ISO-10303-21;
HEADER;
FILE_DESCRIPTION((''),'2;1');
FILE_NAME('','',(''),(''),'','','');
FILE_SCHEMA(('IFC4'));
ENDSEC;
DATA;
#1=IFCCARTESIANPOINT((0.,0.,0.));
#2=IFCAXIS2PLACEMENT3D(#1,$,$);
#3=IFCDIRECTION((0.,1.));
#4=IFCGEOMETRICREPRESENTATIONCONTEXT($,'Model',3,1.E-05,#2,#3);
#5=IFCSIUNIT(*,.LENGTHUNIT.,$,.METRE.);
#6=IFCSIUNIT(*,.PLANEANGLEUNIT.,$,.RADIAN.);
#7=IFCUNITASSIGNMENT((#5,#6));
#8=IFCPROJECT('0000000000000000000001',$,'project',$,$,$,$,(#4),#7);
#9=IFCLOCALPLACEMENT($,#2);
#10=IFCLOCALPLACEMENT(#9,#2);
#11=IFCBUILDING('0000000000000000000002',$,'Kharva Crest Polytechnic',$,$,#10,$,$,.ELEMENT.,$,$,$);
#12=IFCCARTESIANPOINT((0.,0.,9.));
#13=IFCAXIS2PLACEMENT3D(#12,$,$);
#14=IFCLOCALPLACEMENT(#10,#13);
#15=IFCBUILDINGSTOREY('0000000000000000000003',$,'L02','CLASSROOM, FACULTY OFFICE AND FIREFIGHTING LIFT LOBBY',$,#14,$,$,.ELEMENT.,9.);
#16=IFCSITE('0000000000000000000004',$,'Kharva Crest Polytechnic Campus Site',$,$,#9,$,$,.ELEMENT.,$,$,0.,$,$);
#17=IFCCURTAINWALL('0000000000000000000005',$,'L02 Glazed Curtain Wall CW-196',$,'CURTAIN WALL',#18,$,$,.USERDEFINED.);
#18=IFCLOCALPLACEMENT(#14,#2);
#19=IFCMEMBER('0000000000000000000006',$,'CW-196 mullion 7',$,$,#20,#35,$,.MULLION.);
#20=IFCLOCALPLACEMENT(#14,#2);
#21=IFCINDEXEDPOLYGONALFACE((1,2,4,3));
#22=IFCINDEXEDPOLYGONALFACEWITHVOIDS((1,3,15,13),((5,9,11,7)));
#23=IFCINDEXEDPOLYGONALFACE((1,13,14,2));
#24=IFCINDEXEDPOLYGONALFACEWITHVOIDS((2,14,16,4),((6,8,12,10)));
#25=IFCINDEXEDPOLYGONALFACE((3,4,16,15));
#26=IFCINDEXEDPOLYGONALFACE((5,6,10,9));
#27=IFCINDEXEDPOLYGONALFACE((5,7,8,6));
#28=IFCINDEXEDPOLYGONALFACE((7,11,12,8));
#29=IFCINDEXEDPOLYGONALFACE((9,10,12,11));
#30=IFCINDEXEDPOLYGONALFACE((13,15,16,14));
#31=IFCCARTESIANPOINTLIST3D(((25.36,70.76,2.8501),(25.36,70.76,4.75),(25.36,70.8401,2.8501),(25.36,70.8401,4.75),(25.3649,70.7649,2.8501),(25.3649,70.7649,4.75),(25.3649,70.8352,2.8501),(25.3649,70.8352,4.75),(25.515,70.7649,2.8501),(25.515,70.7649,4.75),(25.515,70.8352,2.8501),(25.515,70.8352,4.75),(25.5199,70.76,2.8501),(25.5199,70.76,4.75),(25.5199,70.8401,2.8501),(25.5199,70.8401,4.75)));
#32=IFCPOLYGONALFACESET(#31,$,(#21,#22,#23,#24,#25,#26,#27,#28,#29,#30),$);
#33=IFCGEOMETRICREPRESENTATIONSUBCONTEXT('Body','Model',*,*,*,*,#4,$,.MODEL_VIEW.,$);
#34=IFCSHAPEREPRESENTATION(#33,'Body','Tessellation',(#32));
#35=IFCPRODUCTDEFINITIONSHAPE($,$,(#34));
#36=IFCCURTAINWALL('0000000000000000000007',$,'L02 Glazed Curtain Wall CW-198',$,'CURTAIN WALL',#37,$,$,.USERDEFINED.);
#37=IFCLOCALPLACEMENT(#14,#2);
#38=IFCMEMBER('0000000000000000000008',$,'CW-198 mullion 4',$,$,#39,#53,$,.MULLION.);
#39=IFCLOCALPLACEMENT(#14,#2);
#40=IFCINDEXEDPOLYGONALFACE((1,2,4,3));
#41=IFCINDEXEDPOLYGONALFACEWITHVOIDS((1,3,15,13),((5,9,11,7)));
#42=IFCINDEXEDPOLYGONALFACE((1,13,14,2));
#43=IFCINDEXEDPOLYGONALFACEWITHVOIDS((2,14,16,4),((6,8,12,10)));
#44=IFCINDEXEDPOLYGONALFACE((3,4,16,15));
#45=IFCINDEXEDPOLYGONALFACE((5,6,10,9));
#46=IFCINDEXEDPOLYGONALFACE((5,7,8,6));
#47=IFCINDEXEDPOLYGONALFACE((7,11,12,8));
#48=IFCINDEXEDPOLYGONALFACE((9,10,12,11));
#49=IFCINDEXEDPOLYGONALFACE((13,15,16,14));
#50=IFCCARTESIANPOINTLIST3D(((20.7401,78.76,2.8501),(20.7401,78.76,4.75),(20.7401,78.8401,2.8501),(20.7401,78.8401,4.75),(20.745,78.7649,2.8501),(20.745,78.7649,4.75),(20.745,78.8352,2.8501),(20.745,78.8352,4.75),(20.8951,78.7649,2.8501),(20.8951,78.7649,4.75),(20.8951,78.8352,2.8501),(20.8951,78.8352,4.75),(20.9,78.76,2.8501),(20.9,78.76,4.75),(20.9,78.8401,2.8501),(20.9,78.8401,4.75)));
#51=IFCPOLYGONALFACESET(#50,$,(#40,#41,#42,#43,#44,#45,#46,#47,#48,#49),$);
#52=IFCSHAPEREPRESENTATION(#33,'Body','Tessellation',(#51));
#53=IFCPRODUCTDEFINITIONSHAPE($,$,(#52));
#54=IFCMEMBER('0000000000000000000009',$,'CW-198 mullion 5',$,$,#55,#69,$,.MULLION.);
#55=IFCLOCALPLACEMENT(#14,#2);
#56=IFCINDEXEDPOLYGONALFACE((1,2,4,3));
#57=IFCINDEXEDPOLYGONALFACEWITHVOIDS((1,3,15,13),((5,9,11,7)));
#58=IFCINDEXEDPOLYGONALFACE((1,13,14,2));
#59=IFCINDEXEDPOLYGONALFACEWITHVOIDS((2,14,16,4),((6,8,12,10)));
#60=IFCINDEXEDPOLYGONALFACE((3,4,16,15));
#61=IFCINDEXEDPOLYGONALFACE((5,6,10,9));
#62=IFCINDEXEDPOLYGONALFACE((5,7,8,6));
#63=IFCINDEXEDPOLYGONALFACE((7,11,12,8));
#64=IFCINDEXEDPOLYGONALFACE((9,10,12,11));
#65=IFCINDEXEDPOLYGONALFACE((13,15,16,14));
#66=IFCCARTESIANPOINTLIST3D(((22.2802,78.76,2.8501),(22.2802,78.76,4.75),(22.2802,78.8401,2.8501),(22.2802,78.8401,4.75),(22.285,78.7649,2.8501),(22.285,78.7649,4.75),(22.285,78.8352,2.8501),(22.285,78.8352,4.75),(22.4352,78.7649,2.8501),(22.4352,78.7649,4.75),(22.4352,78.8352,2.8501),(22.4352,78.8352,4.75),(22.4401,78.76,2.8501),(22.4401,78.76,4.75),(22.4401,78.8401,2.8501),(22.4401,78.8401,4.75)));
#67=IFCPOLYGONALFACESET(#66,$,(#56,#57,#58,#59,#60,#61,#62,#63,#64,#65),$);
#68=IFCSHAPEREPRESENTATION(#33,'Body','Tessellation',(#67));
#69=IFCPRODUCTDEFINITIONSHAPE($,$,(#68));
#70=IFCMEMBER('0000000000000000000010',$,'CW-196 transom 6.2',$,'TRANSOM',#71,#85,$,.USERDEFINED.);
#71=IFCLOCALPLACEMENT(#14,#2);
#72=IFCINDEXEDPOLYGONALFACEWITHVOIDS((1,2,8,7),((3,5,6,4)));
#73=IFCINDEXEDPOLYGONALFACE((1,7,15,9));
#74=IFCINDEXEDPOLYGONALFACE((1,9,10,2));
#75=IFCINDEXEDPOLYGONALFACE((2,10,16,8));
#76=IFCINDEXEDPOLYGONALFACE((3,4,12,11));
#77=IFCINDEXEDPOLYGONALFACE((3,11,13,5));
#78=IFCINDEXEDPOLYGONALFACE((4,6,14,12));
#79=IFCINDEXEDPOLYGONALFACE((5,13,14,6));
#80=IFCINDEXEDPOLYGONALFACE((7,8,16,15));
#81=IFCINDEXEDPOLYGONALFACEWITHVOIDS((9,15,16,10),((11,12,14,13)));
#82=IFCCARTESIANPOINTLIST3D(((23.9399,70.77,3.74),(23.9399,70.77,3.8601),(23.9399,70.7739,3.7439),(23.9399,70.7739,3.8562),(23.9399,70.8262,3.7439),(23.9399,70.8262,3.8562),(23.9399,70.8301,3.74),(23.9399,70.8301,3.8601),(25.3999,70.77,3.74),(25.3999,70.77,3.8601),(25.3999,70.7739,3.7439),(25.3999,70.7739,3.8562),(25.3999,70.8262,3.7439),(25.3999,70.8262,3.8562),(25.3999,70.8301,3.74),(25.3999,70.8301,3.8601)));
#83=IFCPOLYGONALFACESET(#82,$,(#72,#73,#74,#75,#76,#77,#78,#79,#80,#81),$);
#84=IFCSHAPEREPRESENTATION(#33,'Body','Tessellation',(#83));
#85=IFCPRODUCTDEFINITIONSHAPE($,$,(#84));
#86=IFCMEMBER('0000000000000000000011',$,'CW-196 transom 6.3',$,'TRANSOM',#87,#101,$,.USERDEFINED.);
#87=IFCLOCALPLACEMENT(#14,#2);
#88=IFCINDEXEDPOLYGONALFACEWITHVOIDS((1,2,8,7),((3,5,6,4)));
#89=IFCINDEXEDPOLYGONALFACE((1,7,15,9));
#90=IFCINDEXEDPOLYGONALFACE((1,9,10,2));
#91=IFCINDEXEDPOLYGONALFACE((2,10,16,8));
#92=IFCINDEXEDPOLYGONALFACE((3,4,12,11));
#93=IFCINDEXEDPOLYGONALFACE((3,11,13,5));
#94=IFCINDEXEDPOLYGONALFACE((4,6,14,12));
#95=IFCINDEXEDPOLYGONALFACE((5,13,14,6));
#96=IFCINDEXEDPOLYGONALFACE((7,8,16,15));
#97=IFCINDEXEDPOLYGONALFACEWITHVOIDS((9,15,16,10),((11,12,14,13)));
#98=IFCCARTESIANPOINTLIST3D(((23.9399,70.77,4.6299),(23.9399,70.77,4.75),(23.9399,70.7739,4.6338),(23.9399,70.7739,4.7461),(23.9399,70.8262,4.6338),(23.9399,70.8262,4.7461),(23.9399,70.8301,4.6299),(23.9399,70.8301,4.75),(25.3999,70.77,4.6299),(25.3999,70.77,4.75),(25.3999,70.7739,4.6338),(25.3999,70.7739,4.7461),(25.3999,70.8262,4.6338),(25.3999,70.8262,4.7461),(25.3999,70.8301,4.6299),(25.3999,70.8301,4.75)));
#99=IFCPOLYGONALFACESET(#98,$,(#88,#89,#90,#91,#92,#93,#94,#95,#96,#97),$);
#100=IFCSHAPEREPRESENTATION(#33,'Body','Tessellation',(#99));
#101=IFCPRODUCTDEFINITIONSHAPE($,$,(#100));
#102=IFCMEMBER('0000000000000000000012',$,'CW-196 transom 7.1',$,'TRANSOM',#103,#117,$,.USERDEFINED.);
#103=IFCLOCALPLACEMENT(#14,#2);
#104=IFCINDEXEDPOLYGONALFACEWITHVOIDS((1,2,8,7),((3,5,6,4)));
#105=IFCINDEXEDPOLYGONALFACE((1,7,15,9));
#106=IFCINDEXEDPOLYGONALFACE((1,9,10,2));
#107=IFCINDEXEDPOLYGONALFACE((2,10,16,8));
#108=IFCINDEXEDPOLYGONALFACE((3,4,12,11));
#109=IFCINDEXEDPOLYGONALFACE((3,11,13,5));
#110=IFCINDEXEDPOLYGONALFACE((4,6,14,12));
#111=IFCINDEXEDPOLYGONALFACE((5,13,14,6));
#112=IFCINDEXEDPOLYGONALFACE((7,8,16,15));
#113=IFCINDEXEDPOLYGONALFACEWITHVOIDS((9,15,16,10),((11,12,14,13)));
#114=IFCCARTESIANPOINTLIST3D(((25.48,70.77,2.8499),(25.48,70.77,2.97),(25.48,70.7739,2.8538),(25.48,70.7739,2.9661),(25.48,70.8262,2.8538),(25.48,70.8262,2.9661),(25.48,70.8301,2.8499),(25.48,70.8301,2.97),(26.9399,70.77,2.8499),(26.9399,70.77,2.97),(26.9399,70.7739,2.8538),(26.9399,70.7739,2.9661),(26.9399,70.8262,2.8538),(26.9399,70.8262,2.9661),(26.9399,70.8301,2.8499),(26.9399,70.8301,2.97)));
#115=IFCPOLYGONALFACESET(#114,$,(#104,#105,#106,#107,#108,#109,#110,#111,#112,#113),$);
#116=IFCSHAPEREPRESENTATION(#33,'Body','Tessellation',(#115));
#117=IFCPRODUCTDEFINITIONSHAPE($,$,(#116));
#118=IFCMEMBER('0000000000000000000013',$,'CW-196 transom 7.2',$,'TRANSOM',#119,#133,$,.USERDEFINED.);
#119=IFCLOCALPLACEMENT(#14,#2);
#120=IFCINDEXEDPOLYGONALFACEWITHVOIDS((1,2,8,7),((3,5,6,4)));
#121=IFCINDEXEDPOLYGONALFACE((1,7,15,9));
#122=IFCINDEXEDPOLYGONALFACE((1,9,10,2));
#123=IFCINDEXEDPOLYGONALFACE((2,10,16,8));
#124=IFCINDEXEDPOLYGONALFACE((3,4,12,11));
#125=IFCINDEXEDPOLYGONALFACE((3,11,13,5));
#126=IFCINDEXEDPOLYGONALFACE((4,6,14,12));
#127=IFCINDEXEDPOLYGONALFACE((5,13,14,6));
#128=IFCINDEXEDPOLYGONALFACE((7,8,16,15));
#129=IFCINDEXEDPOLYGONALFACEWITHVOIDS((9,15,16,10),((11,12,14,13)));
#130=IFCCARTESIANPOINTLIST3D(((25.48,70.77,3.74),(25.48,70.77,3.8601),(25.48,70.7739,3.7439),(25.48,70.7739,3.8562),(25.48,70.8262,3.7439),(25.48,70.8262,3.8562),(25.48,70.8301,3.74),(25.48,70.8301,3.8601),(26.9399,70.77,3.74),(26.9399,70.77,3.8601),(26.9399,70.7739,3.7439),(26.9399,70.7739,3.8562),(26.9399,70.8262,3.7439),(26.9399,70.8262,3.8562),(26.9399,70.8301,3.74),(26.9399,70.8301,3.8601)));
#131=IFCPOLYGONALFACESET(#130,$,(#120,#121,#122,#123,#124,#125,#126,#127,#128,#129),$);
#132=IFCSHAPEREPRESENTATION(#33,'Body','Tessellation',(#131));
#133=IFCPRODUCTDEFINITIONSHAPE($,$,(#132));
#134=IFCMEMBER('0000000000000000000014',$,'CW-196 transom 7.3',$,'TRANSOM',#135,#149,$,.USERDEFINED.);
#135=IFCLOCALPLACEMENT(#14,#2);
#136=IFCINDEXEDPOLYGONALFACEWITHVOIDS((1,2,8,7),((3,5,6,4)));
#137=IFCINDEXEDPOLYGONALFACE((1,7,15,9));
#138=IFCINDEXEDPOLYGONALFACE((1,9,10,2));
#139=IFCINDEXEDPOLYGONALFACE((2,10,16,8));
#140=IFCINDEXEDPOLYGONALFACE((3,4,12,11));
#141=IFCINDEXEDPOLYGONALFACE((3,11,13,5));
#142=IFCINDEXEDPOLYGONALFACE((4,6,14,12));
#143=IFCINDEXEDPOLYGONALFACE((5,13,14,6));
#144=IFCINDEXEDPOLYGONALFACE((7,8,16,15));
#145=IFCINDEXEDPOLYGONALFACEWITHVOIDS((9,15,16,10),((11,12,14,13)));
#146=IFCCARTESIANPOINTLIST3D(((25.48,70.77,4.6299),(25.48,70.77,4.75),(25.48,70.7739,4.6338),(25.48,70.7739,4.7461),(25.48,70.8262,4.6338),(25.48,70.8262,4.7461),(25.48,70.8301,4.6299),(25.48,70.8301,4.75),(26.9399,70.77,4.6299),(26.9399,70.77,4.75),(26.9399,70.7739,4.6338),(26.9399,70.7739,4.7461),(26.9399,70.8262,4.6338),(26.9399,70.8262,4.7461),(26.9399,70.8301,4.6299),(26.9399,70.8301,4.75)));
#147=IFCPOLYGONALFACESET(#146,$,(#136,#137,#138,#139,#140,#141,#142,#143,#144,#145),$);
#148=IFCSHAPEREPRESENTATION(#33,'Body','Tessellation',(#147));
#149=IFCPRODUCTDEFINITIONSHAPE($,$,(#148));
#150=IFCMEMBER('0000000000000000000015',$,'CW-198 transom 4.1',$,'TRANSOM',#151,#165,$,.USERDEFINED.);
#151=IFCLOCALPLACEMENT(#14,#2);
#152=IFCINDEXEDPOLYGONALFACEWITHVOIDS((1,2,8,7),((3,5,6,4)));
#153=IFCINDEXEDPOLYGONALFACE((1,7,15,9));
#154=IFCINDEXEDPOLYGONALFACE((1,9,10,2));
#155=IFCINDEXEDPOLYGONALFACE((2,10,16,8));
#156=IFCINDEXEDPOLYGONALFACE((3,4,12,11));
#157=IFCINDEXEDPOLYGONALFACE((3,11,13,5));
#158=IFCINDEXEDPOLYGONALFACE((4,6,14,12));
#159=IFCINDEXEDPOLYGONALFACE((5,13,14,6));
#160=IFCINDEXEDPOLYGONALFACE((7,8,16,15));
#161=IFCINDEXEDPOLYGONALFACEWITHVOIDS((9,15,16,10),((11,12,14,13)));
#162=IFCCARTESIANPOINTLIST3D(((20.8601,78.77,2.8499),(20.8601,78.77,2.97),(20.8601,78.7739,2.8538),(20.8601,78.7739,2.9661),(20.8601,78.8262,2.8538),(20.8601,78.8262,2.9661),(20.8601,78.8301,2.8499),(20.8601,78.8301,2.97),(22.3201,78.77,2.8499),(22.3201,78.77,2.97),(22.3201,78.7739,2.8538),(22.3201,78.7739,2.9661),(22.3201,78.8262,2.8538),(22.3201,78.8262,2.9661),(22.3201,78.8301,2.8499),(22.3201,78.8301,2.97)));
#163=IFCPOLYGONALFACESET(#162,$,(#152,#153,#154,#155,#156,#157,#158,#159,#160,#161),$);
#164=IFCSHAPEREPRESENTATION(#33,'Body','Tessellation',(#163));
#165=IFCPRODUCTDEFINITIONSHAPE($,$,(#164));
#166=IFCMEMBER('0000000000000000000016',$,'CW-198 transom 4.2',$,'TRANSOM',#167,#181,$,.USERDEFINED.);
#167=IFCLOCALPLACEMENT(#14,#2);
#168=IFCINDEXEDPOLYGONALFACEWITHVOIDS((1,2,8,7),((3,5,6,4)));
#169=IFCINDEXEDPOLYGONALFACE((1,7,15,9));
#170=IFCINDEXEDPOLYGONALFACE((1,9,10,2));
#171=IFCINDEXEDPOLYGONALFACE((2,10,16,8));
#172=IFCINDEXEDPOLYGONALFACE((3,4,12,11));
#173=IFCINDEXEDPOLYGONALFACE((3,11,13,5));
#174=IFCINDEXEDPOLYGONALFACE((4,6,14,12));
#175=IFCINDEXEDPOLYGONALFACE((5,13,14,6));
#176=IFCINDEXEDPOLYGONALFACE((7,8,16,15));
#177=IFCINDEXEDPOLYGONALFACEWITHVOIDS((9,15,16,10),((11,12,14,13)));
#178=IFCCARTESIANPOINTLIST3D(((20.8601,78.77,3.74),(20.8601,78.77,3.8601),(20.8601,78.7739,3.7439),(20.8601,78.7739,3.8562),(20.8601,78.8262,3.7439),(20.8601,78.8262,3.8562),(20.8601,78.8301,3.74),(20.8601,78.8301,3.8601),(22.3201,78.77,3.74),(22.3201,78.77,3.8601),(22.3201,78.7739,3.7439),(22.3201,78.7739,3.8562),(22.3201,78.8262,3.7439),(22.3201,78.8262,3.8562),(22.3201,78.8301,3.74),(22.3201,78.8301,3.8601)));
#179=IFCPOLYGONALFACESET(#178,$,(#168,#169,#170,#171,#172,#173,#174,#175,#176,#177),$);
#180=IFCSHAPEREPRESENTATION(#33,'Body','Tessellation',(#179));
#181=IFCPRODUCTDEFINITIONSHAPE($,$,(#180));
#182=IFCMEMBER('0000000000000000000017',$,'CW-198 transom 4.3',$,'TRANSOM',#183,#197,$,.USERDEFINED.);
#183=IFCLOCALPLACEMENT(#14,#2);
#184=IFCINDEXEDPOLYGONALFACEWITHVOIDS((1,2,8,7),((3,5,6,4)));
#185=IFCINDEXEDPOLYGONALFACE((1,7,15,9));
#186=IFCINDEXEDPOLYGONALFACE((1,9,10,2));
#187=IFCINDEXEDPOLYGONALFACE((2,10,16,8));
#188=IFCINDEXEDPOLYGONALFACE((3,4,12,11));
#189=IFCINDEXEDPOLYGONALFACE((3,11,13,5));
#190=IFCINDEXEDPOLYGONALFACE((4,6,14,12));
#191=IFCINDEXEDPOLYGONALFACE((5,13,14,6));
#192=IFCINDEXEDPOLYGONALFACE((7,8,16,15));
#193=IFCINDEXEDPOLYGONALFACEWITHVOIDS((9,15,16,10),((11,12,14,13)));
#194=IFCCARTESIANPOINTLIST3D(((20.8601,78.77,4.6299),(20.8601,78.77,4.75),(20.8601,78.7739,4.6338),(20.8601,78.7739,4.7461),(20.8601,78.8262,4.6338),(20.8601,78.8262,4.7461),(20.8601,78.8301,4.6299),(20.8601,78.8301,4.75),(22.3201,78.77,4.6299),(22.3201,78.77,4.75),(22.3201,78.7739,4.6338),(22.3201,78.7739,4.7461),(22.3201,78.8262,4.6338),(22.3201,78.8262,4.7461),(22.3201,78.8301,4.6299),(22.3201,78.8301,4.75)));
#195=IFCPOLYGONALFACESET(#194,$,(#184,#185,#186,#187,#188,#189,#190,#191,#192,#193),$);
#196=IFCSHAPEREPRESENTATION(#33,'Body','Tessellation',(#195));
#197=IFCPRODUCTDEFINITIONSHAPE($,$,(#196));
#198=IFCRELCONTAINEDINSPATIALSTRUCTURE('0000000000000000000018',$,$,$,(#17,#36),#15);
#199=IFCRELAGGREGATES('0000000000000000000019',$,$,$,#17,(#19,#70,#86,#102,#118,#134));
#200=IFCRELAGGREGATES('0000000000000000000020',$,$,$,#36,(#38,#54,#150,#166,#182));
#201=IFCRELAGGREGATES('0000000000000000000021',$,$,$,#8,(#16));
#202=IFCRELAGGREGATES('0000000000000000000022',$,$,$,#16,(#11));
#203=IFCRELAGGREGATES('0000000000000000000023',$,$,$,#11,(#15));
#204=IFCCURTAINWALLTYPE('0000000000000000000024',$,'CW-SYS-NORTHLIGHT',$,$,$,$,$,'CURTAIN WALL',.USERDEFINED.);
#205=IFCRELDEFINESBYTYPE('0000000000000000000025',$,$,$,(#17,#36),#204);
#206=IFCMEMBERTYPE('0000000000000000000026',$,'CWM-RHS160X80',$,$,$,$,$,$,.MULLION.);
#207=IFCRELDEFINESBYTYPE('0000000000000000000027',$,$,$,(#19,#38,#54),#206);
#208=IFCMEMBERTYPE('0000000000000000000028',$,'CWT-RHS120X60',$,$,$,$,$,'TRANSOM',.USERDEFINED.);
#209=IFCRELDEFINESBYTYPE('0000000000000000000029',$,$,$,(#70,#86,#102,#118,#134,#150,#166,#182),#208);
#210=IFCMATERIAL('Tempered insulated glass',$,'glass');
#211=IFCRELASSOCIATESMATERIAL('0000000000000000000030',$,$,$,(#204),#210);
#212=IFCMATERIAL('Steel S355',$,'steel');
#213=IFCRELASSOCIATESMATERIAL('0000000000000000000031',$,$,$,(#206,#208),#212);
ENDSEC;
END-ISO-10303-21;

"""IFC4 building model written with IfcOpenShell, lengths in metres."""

from ifc_helpers import new_model, si_unit, direction, frame, origin, origin_2d, place, context, subcontext, project, spatial, hollow_rectangle, extrude, material, material_profile, profile_set, type_object, element, aggregate, save


model = new_model("IFC4")

# Units and contexts
model_context = context("Model", 3, precision=1e-05, world=origin(), true_north=direction((0.0, 1.0)))
body_context = subcontext(model_context, "Body", "Model", "MODEL_VIEW")
ifc_project = project(units=[si_unit("LENGTHUNIT", "METRE"), si_unit("PLANEANGLEUNIT", "RADIAN")], contexts=[model_context])

# Site, building, storey
site_placement = place(None, origin())
site = spatial("IfcSite", under=ifc_project, at=site_placement, Name="Kharva Crest Polytechnic Campus Site", CompositionType="ELEMENT", RefElevation=0.0)
building_placement = place(site_placement, origin())
building = spatial("IfcBuilding", under=site, at=building_placement, Name="Kharva Crest Polytechnic", CompositionType="ELEMENT")
storey_placement = place(building_placement, frame((0.0, 0.0, 9.0)))
storey = spatial("IfcBuildingStorey", under=building, at=storey_placement, Name="L02", Description="CLASSROOM, FACULTY OFFICE AND FIREFIGHTING LIFT LOBBY", CompositionType="ELEMENT", Elevation=9.0)

# Curtain wall, member
ifc_material_1 = material(Name="Tempered insulated glass", Category="glass")
curtain_wall_type = type_object("IfcCurtainWallType", Name="CW-SYS-NORTHLIGHT", ElementType="CURTAIN WALL", PredefinedType="USERDEFINED", material=ifc_material_1)
curtain_wall_1_placement = place(storey_placement, origin())
curtain_wall_1 = element("IfcCurtainWall", 1, at=curtain_wall_1_placement, inside=storey, type_object=curtain_wall_type, Name="L02 Glazed Curtain Wall CW-196", ObjectType="CURTAIN WALL", PredefinedType="USERDEFINED")
ifc_material_2 = material(Name="Steel S355", Category="steel")
ifc_material_profile_1 = material_profile(ifc_material_2, hollow_rectangle(XDim=0.0801, YDim=0.1599, WallThickness=0.0049, at=origin_2d()), Name="RHS 160X80X5.0")
ifc_profile_set_1 = profile_set([ifc_material_profile_1], Name="Steel S355")
member_type_1 = type_object("IfcMemberType", Name="CWM-RHS160X80", PredefinedType="MULLION", material=ifc_profile_set_1)
member_1_placement = place(storey_placement, frame((25.4399, 70.8, 2.8501), z_axis=(0.0, 0.0, 1.0), x_axis=(0.0, 1.0, 0.0)))
member_1 = element("IfcMember", 2, at=member_1_placement, type_object=member_type_1, Name="CW-196 mullion 7", PredefinedType="MULLION", context=body_context, shape_type="SweptSolid", body=[
    extrude(hollow_rectangle(XDim=0.0801, YDim=0.1599, WallThickness=0.0049, at=origin_2d()), origin(), (0.0, 0.0, 1.0), 1.8999),
])

# Curtain wall, members
curtain_wall_2_placement = place(storey_placement, origin())
curtain_wall_2 = element("IfcCurtainWall", 3, at=curtain_wall_2_placement, inside=storey, type_object=curtain_wall_type, Name="L02 Glazed Curtain Wall CW-198", ObjectType="CURTAIN WALL", PredefinedType="USERDEFINED")
member_2_placement = place(storey_placement, frame((20.8201, 78.8, 2.8501), z_axis=(0.0, 0.0, 1.0), x_axis=(0.0, 1.0, 0.0)))
member_2 = element("IfcMember", 4, at=member_2_placement, type_object=member_type_1, Name="CW-198 mullion 4", PredefinedType="MULLION", context=body_context, shape_type="SweptSolid", body=[
    extrude(hollow_rectangle(XDim=0.0801, YDim=0.1599, WallThickness=0.0049, at=origin_2d()), origin(), (0.0, 0.0, 1.0), 1.8999),
])
member_3_placement = place(storey_placement, frame((22.3601, 78.8, 2.8501), z_axis=(0.0, 0.0, 1.0), x_axis=(0.0, 1.0, 0.0)))
member_3 = element("IfcMember", 5, at=member_3_placement, type_object=member_type_1, Name="CW-198 mullion 5", PredefinedType="MULLION", context=body_context, shape_type="SweptSolid", body=[
    extrude(hollow_rectangle(XDim=0.0801, YDim=0.1599, WallThickness=0.0049, at=origin_2d()), origin(), (0.0, 0.0, 1.0), 1.8999),
])

# Members
ifc_material_profile_2 = material_profile(ifc_material_2, hollow_rectangle(XDim=0.0601, YDim=0.1201, WallThickness=0.0039, at=origin_2d()), Name="RHS 120X60X4.0")
ifc_profile_set_2 = profile_set([ifc_material_profile_2], Name="Steel S355")
member_type_2 = type_object("IfcMemberType", Name="CWT-RHS120X60", ElementType="TRANSOM", PredefinedType="USERDEFINED", material=ifc_profile_set_2)
member_4_placement = place(storey_placement, frame((23.9399, 70.8, 3.8), z_axis=(1.0, 0.0, 0.0), x_axis=(0.0, 1.0, 0.0)))
member_4 = element("IfcMember", 6, at=member_4_placement, type_object=member_type_2, Name="CW-196 transom 6.2", ObjectType="TRANSOM", PredefinedType="USERDEFINED", context=body_context, shape_type="SweptSolid", body=[
    extrude(hollow_rectangle(XDim=0.0601, YDim=0.1201, WallThickness=0.0039, at=origin_2d()), origin(), (0.0, 0.0, 1.0), 1.46),
])
member_5_placement = place(storey_placement, frame((23.9399, 70.8, 4.6899), z_axis=(1.0, 0.0, 0.0), x_axis=(0.0, 1.0, 0.0)))
member_5 = element("IfcMember", 7, at=member_5_placement, type_object=member_type_2, Name="CW-196 transom 6.3", ObjectType="TRANSOM", PredefinedType="USERDEFINED", context=body_context, shape_type="SweptSolid", body=[
    extrude(hollow_rectangle(XDim=0.0601, YDim=0.1201, WallThickness=0.0039, at=origin_2d()), origin(), (0.0, 0.0, 1.0), 1.46),
])
member_6_placement = place(storey_placement, frame((25.48, 70.8, 2.9099), z_axis=(1.0, 0.0, 0.0), x_axis=(0.0, 1.0, 0.0)))
member_6 = element("IfcMember", 8, at=member_6_placement, type_object=member_type_2, Name="CW-196 transom 7.1", ObjectType="TRANSOM", PredefinedType="USERDEFINED", context=body_context, shape_type="SweptSolid", body=[
    extrude(hollow_rectangle(XDim=0.0601, YDim=0.1201, WallThickness=0.0039, at=origin_2d()), origin(), (0.0, 0.0, 1.0), 1.46),
])
member_7_placement = place(storey_placement, frame((25.48, 70.8, 3.8), z_axis=(1.0, 0.0, 0.0), x_axis=(0.0, 1.0, 0.0)))
member_7 = element("IfcMember", 9, at=member_7_placement, type_object=member_type_2, Name="CW-196 transom 7.2", ObjectType="TRANSOM", PredefinedType="USERDEFINED", context=body_context, shape_type="SweptSolid", body=[
    extrude(hollow_rectangle(XDim=0.0601, YDim=0.1201, WallThickness=0.0039, at=origin_2d()), origin(), (0.0, 0.0, 1.0), 1.46),
])
member_8_placement = place(storey_placement, frame((25.48, 70.8, 4.6899), z_axis=(1.0, 0.0, 0.0), x_axis=(0.0, 1.0, 0.0)))
member_8 = element("IfcMember", 10, at=member_8_placement, type_object=member_type_2, Name="CW-196 transom 7.3", ObjectType="TRANSOM", PredefinedType="USERDEFINED", context=body_context, shape_type="SweptSolid", body=[
    extrude(hollow_rectangle(XDim=0.0601, YDim=0.1201, WallThickness=0.0039, at=origin_2d()), origin(), (0.0, 0.0, 1.0), 1.46),
])
member_9_placement = place(storey_placement, frame((20.8601, 78.8, 2.9099), z_axis=(1.0, 0.0, 0.0), x_axis=(0.0, 1.0, 0.0)))
member_9 = element("IfcMember", 11, at=member_9_placement, type_object=member_type_2, Name="CW-198 transom 4.1", ObjectType="TRANSOM", PredefinedType="USERDEFINED", context=body_context, shape_type="SweptSolid", body=[
    extrude(hollow_rectangle(XDim=0.0601, YDim=0.1201, WallThickness=0.0039, at=origin_2d()), origin(), (0.0, 0.0, 1.0), 1.46),
])
member_10_placement = place(storey_placement, frame((20.8601, 78.8, 3.8), z_axis=(1.0, 0.0, 0.0), x_axis=(0.0, 1.0, 0.0)))
member_10 = element("IfcMember", 12, at=member_10_placement, type_object=member_type_2, Name="CW-198 transom 4.2", ObjectType="TRANSOM", PredefinedType="USERDEFINED", context=body_context, shape_type="SweptSolid", body=[
    extrude(hollow_rectangle(XDim=0.0601, YDim=0.1201, WallThickness=0.0039, at=origin_2d()), origin(), (0.0, 0.0, 1.0), 1.46),
])
member_11_placement = place(storey_placement, frame((20.8601, 78.8, 4.6899), z_axis=(1.0, 0.0, 0.0), x_axis=(0.0, 1.0, 0.0)))
member_11 = element("IfcMember", 13, at=member_11_placement, type_object=member_type_2, Name="CW-198 transom 4.3", ObjectType="TRANSOM", PredefinedType="USERDEFINED", context=body_context, shape_type="SweptSolid", body=[
    extrude(hollow_rectangle(XDim=0.0601, YDim=0.1201, WallThickness=0.0039, at=origin_2d()), origin(), (0.0, 0.0, 1.0), 1.46),
])

aggregate(curtain_wall_1, [member_1, member_4, member_5, member_6, member_7, member_8])
aggregate(curtain_wall_2, [member_2, member_3, member_9, member_10, member_11])

save(model, "model.ifc")
